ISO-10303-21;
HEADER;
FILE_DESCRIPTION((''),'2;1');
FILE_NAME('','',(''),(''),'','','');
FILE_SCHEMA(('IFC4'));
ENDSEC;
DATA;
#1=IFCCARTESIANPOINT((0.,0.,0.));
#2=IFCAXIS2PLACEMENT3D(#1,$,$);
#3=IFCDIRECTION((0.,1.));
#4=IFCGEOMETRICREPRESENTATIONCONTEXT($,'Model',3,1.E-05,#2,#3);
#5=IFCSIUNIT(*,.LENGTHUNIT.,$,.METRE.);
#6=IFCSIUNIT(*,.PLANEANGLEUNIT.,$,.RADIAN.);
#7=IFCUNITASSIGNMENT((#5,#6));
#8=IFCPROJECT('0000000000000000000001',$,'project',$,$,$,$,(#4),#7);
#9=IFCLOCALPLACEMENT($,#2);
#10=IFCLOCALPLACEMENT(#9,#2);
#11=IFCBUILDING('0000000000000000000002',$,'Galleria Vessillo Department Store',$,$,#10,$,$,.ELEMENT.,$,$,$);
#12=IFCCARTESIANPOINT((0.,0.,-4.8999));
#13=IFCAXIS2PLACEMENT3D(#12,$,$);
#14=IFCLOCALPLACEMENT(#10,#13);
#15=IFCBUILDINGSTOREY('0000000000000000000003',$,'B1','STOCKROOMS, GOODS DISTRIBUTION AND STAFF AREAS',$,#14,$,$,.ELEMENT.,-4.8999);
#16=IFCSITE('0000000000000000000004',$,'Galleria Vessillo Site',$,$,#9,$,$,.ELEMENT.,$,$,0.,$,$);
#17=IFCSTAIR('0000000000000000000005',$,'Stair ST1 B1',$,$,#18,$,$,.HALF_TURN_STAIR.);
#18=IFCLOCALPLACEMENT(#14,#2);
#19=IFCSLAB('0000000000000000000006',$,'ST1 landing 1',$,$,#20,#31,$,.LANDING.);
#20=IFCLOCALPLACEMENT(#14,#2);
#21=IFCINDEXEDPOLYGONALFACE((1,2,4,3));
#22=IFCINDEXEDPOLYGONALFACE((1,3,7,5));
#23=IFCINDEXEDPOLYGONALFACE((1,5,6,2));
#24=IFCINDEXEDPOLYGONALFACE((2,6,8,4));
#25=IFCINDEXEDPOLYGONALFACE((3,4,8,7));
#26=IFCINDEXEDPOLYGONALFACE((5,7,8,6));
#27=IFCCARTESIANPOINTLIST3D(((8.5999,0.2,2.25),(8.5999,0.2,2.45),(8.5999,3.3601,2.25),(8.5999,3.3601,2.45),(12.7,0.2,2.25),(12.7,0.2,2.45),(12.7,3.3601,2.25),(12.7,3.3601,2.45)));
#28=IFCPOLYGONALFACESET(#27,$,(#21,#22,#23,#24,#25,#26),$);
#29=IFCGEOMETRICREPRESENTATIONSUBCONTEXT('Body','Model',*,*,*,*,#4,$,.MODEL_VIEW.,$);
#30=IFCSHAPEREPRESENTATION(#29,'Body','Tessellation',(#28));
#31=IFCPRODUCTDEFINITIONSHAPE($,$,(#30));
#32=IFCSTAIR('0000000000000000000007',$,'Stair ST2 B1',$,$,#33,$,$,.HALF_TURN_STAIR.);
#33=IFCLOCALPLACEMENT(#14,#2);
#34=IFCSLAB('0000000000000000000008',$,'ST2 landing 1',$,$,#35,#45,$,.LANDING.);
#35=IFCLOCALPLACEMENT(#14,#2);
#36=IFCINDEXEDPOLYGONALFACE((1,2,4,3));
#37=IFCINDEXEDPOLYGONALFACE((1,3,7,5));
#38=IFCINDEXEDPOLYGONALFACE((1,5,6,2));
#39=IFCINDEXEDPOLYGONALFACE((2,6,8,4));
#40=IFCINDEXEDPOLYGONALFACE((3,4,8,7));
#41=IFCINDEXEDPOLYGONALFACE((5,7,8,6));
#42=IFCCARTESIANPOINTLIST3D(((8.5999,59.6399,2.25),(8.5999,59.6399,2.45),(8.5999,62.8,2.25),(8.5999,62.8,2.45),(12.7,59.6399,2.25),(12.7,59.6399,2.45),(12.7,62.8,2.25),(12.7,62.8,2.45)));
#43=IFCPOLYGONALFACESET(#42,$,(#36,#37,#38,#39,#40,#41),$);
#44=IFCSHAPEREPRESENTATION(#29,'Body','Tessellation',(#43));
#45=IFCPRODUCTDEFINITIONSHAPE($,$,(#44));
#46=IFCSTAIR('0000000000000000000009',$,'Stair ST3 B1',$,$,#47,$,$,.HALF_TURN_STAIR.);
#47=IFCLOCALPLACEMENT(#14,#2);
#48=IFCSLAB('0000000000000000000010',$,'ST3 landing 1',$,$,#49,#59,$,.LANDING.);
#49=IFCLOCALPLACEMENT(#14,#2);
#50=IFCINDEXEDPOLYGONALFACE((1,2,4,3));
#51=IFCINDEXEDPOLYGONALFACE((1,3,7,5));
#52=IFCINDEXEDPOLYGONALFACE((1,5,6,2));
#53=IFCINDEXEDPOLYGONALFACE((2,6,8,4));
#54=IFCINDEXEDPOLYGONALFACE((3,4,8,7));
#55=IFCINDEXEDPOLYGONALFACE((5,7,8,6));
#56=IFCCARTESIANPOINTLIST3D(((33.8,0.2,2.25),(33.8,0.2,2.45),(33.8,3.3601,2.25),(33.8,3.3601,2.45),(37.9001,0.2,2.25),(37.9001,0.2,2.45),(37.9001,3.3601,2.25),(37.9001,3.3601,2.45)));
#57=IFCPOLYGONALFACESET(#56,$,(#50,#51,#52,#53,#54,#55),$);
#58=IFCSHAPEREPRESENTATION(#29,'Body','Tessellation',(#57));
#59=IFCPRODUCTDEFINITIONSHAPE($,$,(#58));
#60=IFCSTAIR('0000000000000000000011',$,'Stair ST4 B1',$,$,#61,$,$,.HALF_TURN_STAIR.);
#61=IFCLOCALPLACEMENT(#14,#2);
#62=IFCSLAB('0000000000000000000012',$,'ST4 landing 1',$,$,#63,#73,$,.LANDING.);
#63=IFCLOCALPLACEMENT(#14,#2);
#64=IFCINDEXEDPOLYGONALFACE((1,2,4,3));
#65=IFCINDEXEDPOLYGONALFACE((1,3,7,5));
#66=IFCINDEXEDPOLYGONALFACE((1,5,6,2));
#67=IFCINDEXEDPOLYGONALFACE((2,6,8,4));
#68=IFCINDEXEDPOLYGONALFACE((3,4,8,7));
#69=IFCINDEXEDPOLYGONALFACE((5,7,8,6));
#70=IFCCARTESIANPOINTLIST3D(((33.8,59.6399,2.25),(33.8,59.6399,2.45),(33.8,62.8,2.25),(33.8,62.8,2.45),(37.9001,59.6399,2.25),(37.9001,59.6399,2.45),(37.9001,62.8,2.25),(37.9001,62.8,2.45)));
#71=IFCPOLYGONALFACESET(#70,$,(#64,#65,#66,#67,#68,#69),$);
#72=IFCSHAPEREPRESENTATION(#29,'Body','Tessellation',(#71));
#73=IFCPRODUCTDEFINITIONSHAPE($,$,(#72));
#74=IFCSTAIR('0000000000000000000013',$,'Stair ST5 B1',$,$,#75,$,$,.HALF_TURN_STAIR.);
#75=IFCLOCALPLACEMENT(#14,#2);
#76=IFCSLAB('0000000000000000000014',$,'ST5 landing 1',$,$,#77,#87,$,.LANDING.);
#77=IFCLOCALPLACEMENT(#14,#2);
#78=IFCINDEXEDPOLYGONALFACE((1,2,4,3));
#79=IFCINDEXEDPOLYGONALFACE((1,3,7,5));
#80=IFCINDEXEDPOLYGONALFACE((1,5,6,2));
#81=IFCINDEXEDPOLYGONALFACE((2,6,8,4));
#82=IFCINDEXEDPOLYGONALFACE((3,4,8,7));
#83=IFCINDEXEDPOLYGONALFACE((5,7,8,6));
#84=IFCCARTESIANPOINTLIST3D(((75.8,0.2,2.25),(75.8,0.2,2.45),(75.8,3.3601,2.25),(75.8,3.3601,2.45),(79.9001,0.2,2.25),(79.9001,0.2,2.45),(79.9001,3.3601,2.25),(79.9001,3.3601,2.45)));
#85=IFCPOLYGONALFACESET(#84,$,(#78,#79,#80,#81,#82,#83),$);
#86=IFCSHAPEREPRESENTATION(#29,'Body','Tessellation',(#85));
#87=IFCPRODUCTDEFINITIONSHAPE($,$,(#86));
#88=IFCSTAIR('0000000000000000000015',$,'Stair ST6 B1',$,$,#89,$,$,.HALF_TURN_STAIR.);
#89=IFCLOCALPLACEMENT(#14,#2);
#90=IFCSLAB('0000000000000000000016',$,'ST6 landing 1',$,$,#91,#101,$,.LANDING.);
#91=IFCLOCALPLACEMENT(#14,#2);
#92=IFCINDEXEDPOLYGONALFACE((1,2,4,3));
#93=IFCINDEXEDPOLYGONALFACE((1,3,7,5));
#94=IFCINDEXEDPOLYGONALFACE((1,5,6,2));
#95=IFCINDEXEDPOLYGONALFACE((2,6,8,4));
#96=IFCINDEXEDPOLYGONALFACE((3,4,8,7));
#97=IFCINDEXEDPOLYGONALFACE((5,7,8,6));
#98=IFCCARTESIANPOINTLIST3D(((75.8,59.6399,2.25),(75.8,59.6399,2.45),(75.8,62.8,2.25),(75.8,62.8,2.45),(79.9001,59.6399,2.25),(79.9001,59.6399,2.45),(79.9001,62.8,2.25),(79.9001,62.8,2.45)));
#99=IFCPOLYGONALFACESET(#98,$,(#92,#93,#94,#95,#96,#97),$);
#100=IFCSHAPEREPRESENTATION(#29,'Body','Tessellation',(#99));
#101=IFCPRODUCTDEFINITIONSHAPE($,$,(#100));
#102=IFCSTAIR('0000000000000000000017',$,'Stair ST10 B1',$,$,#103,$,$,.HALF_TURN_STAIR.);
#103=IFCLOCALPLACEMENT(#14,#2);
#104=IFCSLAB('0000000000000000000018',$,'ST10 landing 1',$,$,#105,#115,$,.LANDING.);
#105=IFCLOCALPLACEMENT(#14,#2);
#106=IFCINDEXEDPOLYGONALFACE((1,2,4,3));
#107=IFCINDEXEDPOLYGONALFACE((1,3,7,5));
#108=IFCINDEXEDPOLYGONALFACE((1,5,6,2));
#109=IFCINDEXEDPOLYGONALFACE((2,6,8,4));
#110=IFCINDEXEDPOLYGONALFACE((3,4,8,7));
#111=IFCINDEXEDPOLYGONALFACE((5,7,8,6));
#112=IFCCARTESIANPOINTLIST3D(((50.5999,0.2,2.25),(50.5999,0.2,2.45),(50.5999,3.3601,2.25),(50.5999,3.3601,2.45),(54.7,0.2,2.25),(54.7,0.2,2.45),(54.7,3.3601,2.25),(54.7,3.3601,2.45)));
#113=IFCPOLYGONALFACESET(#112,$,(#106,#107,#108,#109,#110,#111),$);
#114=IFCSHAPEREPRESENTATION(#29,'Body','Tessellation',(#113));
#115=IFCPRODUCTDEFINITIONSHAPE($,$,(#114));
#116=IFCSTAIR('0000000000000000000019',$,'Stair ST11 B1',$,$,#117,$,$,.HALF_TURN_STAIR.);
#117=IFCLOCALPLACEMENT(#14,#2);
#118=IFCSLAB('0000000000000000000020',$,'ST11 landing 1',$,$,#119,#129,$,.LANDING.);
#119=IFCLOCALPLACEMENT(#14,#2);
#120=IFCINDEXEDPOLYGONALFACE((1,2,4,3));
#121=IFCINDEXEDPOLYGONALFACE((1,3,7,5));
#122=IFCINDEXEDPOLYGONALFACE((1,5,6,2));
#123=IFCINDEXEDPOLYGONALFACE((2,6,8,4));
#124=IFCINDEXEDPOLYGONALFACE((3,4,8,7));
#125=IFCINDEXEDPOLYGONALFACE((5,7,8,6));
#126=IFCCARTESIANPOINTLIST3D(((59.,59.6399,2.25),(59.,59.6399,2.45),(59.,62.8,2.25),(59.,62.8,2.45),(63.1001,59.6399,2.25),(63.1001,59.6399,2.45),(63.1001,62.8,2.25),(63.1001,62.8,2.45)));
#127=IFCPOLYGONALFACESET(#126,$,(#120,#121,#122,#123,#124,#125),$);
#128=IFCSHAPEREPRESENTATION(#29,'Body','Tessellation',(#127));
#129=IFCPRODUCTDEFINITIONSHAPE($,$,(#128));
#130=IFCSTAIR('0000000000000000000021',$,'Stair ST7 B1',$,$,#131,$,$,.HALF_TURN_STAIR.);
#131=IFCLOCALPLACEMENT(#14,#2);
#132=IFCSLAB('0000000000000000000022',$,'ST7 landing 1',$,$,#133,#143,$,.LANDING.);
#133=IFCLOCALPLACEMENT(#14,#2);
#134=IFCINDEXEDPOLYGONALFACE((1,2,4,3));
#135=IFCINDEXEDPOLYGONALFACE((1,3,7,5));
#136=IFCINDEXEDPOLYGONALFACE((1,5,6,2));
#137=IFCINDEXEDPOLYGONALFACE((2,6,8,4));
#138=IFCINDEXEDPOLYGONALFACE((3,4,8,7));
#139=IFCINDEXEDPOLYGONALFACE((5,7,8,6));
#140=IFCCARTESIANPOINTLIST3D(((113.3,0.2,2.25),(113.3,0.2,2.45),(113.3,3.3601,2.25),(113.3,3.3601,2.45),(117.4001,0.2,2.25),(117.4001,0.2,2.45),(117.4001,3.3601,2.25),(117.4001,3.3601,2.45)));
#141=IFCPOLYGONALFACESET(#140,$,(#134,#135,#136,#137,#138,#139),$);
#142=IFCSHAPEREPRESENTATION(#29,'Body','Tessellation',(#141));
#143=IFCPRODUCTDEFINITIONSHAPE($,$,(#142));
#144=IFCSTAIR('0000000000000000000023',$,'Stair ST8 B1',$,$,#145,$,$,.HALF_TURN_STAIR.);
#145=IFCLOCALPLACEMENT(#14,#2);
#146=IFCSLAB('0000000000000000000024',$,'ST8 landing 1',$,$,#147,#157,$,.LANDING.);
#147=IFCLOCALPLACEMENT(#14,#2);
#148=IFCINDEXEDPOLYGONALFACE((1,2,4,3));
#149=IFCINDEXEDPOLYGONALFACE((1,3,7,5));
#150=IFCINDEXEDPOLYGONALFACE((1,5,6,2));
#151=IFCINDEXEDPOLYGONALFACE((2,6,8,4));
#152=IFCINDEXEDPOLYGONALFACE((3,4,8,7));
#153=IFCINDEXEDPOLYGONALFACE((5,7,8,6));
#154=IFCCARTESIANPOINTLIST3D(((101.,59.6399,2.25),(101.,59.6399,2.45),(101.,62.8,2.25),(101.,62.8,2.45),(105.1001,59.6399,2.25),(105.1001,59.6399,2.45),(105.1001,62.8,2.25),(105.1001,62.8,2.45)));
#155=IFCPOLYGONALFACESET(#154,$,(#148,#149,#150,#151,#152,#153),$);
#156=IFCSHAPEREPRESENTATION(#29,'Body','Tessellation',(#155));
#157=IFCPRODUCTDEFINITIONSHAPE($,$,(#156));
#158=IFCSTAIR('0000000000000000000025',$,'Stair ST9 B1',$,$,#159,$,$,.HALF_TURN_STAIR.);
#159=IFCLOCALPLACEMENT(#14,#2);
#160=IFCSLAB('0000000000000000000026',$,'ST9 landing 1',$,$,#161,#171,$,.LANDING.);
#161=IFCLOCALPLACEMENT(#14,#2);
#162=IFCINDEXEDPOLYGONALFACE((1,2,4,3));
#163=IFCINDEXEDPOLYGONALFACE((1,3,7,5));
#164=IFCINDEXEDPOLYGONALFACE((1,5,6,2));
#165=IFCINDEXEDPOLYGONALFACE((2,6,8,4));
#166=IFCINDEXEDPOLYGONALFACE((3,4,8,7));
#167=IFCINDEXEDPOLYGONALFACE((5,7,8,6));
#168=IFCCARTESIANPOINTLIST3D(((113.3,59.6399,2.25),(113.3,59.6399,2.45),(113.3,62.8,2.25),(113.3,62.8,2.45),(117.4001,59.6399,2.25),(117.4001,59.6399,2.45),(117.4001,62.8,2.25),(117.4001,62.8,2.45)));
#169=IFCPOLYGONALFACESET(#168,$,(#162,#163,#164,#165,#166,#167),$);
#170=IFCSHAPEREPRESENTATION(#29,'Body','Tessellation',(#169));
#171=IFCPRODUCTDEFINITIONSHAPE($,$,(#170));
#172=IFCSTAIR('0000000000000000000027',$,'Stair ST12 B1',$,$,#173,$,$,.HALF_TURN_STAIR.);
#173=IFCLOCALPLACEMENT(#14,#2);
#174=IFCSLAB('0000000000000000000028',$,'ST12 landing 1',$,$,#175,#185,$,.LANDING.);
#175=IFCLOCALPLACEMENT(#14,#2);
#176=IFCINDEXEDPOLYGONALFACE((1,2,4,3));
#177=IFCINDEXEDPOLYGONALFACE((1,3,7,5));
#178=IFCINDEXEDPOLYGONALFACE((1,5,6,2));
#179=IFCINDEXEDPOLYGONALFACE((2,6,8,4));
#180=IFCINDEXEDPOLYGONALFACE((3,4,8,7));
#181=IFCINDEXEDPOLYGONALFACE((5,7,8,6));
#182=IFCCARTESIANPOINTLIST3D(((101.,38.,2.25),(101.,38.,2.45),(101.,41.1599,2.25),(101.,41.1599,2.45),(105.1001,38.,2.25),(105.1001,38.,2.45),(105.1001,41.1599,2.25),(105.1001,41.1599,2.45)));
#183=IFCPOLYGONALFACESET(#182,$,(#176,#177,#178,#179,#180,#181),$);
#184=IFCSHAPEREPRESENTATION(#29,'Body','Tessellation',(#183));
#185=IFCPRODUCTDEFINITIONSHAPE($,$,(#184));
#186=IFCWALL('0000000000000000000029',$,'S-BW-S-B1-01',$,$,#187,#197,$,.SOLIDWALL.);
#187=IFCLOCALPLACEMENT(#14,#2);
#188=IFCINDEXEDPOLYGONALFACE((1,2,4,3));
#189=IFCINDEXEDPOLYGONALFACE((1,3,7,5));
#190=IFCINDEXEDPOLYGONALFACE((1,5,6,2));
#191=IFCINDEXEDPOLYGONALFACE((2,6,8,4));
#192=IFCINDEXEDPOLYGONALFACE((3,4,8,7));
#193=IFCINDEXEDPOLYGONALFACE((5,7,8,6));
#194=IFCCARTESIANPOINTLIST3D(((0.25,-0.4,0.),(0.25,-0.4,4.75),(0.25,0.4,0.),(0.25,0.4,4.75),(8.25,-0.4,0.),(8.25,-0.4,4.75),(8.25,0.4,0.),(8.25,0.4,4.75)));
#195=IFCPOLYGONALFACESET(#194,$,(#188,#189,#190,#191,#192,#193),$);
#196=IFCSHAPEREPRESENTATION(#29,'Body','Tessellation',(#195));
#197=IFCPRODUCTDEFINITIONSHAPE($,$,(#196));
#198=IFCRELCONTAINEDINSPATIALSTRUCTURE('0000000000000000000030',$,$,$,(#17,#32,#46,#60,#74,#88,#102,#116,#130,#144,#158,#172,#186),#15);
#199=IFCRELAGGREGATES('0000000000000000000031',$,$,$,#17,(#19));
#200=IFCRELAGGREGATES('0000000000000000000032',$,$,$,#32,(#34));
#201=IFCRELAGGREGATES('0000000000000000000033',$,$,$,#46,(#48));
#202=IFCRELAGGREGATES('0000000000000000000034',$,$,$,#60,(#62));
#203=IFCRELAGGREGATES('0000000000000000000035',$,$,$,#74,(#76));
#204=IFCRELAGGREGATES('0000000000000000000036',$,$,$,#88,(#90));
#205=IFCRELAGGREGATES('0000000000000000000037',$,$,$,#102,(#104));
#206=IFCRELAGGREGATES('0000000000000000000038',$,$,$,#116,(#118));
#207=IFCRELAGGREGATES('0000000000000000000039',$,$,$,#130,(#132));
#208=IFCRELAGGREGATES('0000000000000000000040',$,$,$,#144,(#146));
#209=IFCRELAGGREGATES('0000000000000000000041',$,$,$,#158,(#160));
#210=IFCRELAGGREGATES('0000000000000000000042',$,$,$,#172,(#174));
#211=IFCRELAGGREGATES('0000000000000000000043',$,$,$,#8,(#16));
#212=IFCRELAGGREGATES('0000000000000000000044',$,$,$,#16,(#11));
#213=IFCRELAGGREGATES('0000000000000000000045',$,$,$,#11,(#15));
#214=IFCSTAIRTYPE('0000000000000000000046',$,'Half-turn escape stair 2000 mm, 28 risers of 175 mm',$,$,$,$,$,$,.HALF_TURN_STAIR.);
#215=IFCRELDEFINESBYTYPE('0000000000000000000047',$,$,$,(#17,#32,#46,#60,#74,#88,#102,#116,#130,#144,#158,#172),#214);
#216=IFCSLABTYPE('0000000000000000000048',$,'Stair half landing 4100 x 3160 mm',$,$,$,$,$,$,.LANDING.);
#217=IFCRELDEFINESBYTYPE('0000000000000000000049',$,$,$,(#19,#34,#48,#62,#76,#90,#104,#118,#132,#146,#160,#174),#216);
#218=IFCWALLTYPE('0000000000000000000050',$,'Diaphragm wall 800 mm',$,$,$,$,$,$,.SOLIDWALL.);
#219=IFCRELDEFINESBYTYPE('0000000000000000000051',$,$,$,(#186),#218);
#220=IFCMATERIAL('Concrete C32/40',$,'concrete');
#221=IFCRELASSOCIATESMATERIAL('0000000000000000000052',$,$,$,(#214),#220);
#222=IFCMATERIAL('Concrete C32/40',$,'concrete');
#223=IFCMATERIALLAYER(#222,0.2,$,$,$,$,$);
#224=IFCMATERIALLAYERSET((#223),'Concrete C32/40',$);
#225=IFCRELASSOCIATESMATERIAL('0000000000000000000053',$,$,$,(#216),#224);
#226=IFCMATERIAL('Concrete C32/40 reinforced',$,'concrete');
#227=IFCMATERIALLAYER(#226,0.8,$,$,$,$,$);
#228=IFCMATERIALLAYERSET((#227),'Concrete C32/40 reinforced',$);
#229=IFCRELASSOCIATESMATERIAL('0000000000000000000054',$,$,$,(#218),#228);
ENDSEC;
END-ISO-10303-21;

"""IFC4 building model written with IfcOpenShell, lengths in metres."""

from ifc_helpers import new_model, si_unit, direction, frame, frame_2d, origin, place, context, subcontext, project, spatial, polyline, rectangle, outline, extrude, material, layer, layer_set, type_object, element, aggregate, save


model = new_model("IFC4")

# Units and contexts
model_context = context("Model", 3, precision=1e-05, world=origin(), true_north=direction((0.0, 1.0)))
body_context = subcontext(model_context, "Body", "Model", "MODEL_VIEW")
ifc_project = project(units=[si_unit("LENGTHUNIT", "METRE"), si_unit("PLANEANGLEUNIT", "RADIAN")], contexts=[model_context])

# Site, building, storey
site_placement = place(None, origin())
site = spatial("IfcSite", under=ifc_project, at=site_placement, Name="Galleria Vessillo Site", CompositionType="ELEMENT", RefElevation=0.0)
building_placement = place(site_placement, origin())
building = spatial("IfcBuilding", under=site, at=building_placement, Name="Galleria Vessillo Department Store", CompositionType="ELEMENT")
storey_placement = place(building_placement, frame((0.0, 0.0, -4.8999)))
storey = spatial("IfcBuildingStorey", under=building, at=storey_placement, Name="B1", Description="STOCKROOMS, GOODS DISTRIBUTION AND STAFF AREAS", CompositionType="ELEMENT", Elevation=-4.8999)

# Stairs, slabs
ifc_material_1 = material(Name="Concrete C32/40", Category="concrete")
stair_type = type_object("IfcStairType", Name="Half-turn escape stair 2000 mm, 28 risers of 175 mm", PredefinedType="HALF_TURN_STAIR", material=ifc_material_1)
stair_1_placement = place(storey_placement, origin())
stair_1 = element("IfcStair", 1, at=stair_1_placement, inside=storey, type_object=stair_type, Name="Stair ST1 B1", PredefinedType="HALF_TURN_STAIR")
ifc_material_2 = material(Name="Concrete C32/40", Category="concrete")
ifc_layer_1 = layer(ifc_material_2, 0.2)
ifc_layer_set_1 = layer_set([ifc_layer_1], Name="Concrete C32/40")
slab_type_1 = type_object("IfcSlabType", Name="Stair half landing 4100 x 3160 mm", PredefinedType="LANDING", material=ifc_layer_set_1)
slab_1_placement = place(storey_placement, frame((0.0, 0.0, 2.25)))
slab_1 = element("IfcSlab", 2, at=slab_1_placement, type_object=slab_type_1, Name="ST1 landing 1", PredefinedType="LANDING", context=body_context, shape_type="SweptSolid", body=[
    extrude(outline(polyline([(8.5999, 0.2), (8.5999, 3.3601), (12.7, 3.3601), (12.7, 0.2), (8.5999, 0.2)])), origin(), (0.0, 0.0, 1.0), 0.2),
])
aggregate(stair_1, [slab_1])
stair_2_placement = place(storey_placement, origin())
stair_2 = element("IfcStair", 3, at=stair_2_placement, inside=storey, type_object=stair_type, Name="Stair ST2 B1", PredefinedType="HALF_TURN_STAIR")
slab_2_placement = place(storey_placement, frame((0.0, 0.0, 2.25)))
slab_2 = element("IfcSlab", 4, at=slab_2_placement, type_object=slab_type_1, Name="ST2 landing 1", PredefinedType="LANDING", context=body_context, shape_type="SweptSolid", body=[
    extrude(outline(polyline([(8.5999, 59.6399), (8.5999, 62.8), (12.7, 62.8), (12.7, 59.6399), (8.5999, 59.6399)])), origin(), (0.0, 0.0, 1.0), 0.2),
])
aggregate(stair_2, [slab_2])
stair_3_placement = place(storey_placement, origin())
stair_3 = element("IfcStair", 5, at=stair_3_placement, inside=storey, type_object=stair_type, Name="Stair ST3 B1", PredefinedType="HALF_TURN_STAIR")
slab_3_placement = place(storey_placement, frame((0.0, 0.0, 2.25)))
slab_3 = element("IfcSlab", 6, at=slab_3_placement, type_object=slab_type_1, Name="ST3 landing 1", PredefinedType="LANDING", context=body_context, shape_type="SweptSolid", body=[
    extrude(outline(polyline([(33.8, 0.2), (33.8, 3.3601), (37.9001, 3.3601), (37.9001, 0.2), (33.8, 0.2)])), origin(), (0.0, 0.0, 1.0), 0.2),
])
aggregate(stair_3, [slab_3])
stair_4_placement = place(storey_placement, origin())
stair_4 = element("IfcStair", 7, at=stair_4_placement, inside=storey, type_object=stair_type, Name="Stair ST4 B1", PredefinedType="HALF_TURN_STAIR")
slab_4_placement = place(storey_placement, frame((0.0, 0.0, 2.25)))
slab_4 = element("IfcSlab", 8, at=slab_4_placement, type_object=slab_type_1, Name="ST4 landing 1", PredefinedType="LANDING", context=body_context, shape_type="SweptSolid", body=[
    extrude(outline(polyline([(33.8, 59.6399), (33.8, 62.8), (37.9001, 62.8), (37.9001, 59.6399), (33.8, 59.6399)])), origin(), (0.0, 0.0, 1.0), 0.2),
])
aggregate(stair_4, [slab_4])
stair_5_placement = place(storey_placement, origin())
stair_5 = element("IfcStair", 9, at=stair_5_placement, inside=storey, type_object=stair_type, Name="Stair ST5 B1", PredefinedType="HALF_TURN_STAIR")
slab_5_placement = place(storey_placement, frame((0.0, 0.0, 2.25)))
slab_5 = element("IfcSlab", 10, at=slab_5_placement, type_object=slab_type_1, Name="ST5 landing 1", PredefinedType="LANDING", context=body_context, shape_type="SweptSolid", body=[
    extrude(outline(polyline([(75.8, 0.2), (75.8, 3.3601), (79.9001, 3.3601), (79.9001, 0.2), (75.8, 0.2)])), origin(), (0.0, 0.0, 1.0), 0.2),
])
aggregate(stair_5, [slab_5])
stair_6_placement = place(storey_placement, origin())
stair_6 = element("IfcStair", 11, at=stair_6_placement, inside=storey, type_object=stair_type, Name="Stair ST6 B1", PredefinedType="HALF_TURN_STAIR")
slab_6_placement = place(storey_placement, frame((0.0, 0.0, 2.25)))
slab_6 = element("IfcSlab", 12, at=slab_6_placement, type_object=slab_type_1, Name="ST6 landing 1", PredefinedType="LANDING", context=body_context, shape_type="SweptSolid", body=[
    extrude(outline(polyline([(75.8, 59.6399), (75.8, 62.8), (79.9001, 62.8), (79.9001, 59.6399), (75.8, 59.6399)])), origin(), (0.0, 0.0, 1.0), 0.2),
])
aggregate(stair_6, [slab_6])
stair_7_placement = place(storey_placement, origin())
stair_7 = element("IfcStair", 13, at=stair_7_placement, inside=storey, type_object=stair_type, Name="Stair ST10 B1", PredefinedType="HALF_TURN_STAIR")
slab_7_placement = place(storey_placement, frame((0.0, 0.0, 2.25)))
slab_7 = element("IfcSlab", 14, at=slab_7_placement, type_object=slab_type_1, Name="ST10 landing 1", PredefinedType="LANDING", context=body_context, shape_type="SweptSolid", body=[
    extrude(outline(polyline([(50.5999, 0.2), (50.5999, 3.3601), (54.7, 3.3601), (54.7, 0.2), (50.5999, 0.2)])), origin(), (0.0, 0.0, 1.0), 0.2),
])
aggregate(stair_7, [slab_7])
stair_8_placement = place(storey_placement, origin())
stair_8 = element("IfcStair", 15, at=stair_8_placement, inside=storey, type_object=stair_type, Name="Stair ST11 B1", PredefinedType="HALF_TURN_STAIR")
slab_8_placement = place(storey_placement, frame((0.0, 0.0, 2.25)))
slab_8 = element("IfcSlab", 16, at=slab_8_placement, type_object=slab_type_1, Name="ST11 landing 1", PredefinedType="LANDING", context=body_context, shape_type="SweptSolid", body=[
    extrude(outline(polyline([(59.0, 59.6399), (59.0, 62.8), (63.1001, 62.8), (63.1001, 59.6399), (59.0, 59.6399)])), origin(), (0.0, 0.0, 1.0), 0.2),
])
aggregate(stair_8, [slab_8])
stair_9_placement = place(storey_placement, origin())
stair_9 = element("IfcStair", 17, at=stair_9_placement, inside=storey, type_object=stair_type, Name="Stair ST7 B1", PredefinedType="HALF_TURN_STAIR")
slab_9_placement = place(storey_placement, frame((0.0, 0.0, 2.25)))
slab_9 = element("IfcSlab", 18, at=slab_9_placement, type_object=slab_type_1, Name="ST7 landing 1", PredefinedType="LANDING", context=body_context, shape_type="SweptSolid", body=[
    extrude(outline(polyline([(113.3, 0.2), (113.3, 3.3601), (117.4001, 3.3601), (117.4001, 0.2), (113.3, 0.2)])), origin(), (0.0, 0.0, 1.0), 0.2),
])
aggregate(stair_9, [slab_9])
stair_10_placement = place(storey_placement, origin())
stair_10 = element("IfcStair", 19, at=stair_10_placement, inside=storey, type_object=stair_type, Name="Stair ST8 B1", PredefinedType="HALF_TURN_STAIR")
slab_10_placement = place(storey_placement, frame((0.0, 0.0, 2.25)))
slab_10 = element("IfcSlab", 20, at=slab_10_placement, type_object=slab_type_1, Name="ST8 landing 1", PredefinedType="LANDING", context=body_context, shape_type="SweptSolid", body=[
    extrude(outline(polyline([(101.0, 59.6399), (101.0, 62.8), (105.1001, 62.8), (105.1001, 59.6399), (101.0, 59.6399)])), origin(), (0.0, 0.0, 1.0), 0.2),
])
aggregate(stair_10, [slab_10])
stair_11_placement = place(storey_placement, origin())
stair_11 = element("IfcStair", 21, at=stair_11_placement, inside=storey, type_object=stair_type, Name="Stair ST9 B1", PredefinedType="HALF_TURN_STAIR")
slab_11_placement = place(storey_placement, frame((0.0, 0.0, 2.25)))
slab_11 = element("IfcSlab", 22, at=slab_11_placement, type_object=slab_type_1, Name="ST9 landing 1", PredefinedType="LANDING", context=body_context, shape_type="SweptSolid", body=[
    extrude(outline(polyline([(113.3, 59.6399), (113.3, 62.8), (117.4001, 62.8), (117.4001, 59.6399), (113.3, 59.6399)])), origin(), (0.0, 0.0, 1.0), 0.2),
])
aggregate(stair_11, [slab_11])
stair_12_placement = place(storey_placement, origin())
stair_12 = element("IfcStair", 23, at=stair_12_placement, inside=storey, type_object=stair_type, Name="Stair ST12 B1", PredefinedType="HALF_TURN_STAIR")
slab_12_placement = place(storey_placement, frame((0.0, 0.0, 2.25)))
slab_12 = element("IfcSlab", 24, at=slab_12_placement, type_object=slab_type_1, Name="ST12 landing 1", PredefinedType="LANDING", context=body_context, shape_type="SweptSolid", body=[
    extrude(outline(polyline([(101.0, 38.0), (101.0, 41.1599), (105.1001, 41.1599), (105.1001, 38.0), (101.0, 38.0)])), origin(), (0.0, 0.0, 1.0), 0.2),
])
aggregate(stair_12, [slab_12])

# Wall
ifc_material_3 = material(Name="Concrete C32/40 reinforced", Category="concrete")
ifc_layer_2 = layer(ifc_material_3, 0.8)
ifc_layer_set_2 = layer_set([ifc_layer_2], Name="Concrete C32/40 reinforced")
wall_type = type_object("IfcWallType", Name="Diaphragm wall 800 mm", PredefinedType="SOLIDWALL", material=ifc_layer_set_2)
wall_placement = place(storey_placement, frame((0.25, 0.0, 0.0), z_axis=(0.0, 0.0, 1.0), x_axis=(1.0, 0.0, 0.0)))
element("IfcWall", 25, at=wall_placement, inside=storey, type_object=wall_type, Name="S-BW-S-B1-01", PredefinedType="SOLIDWALL", context=body_context, shape_type="SweptSolid", body=[
    extrude(rectangle(XDim=8.0, YDim=0.8, at=frame_2d((4.0, 0.0))), origin(), (0.0, 0.0, 1.0), 4.75),
])

save(model, "model.ifc")
